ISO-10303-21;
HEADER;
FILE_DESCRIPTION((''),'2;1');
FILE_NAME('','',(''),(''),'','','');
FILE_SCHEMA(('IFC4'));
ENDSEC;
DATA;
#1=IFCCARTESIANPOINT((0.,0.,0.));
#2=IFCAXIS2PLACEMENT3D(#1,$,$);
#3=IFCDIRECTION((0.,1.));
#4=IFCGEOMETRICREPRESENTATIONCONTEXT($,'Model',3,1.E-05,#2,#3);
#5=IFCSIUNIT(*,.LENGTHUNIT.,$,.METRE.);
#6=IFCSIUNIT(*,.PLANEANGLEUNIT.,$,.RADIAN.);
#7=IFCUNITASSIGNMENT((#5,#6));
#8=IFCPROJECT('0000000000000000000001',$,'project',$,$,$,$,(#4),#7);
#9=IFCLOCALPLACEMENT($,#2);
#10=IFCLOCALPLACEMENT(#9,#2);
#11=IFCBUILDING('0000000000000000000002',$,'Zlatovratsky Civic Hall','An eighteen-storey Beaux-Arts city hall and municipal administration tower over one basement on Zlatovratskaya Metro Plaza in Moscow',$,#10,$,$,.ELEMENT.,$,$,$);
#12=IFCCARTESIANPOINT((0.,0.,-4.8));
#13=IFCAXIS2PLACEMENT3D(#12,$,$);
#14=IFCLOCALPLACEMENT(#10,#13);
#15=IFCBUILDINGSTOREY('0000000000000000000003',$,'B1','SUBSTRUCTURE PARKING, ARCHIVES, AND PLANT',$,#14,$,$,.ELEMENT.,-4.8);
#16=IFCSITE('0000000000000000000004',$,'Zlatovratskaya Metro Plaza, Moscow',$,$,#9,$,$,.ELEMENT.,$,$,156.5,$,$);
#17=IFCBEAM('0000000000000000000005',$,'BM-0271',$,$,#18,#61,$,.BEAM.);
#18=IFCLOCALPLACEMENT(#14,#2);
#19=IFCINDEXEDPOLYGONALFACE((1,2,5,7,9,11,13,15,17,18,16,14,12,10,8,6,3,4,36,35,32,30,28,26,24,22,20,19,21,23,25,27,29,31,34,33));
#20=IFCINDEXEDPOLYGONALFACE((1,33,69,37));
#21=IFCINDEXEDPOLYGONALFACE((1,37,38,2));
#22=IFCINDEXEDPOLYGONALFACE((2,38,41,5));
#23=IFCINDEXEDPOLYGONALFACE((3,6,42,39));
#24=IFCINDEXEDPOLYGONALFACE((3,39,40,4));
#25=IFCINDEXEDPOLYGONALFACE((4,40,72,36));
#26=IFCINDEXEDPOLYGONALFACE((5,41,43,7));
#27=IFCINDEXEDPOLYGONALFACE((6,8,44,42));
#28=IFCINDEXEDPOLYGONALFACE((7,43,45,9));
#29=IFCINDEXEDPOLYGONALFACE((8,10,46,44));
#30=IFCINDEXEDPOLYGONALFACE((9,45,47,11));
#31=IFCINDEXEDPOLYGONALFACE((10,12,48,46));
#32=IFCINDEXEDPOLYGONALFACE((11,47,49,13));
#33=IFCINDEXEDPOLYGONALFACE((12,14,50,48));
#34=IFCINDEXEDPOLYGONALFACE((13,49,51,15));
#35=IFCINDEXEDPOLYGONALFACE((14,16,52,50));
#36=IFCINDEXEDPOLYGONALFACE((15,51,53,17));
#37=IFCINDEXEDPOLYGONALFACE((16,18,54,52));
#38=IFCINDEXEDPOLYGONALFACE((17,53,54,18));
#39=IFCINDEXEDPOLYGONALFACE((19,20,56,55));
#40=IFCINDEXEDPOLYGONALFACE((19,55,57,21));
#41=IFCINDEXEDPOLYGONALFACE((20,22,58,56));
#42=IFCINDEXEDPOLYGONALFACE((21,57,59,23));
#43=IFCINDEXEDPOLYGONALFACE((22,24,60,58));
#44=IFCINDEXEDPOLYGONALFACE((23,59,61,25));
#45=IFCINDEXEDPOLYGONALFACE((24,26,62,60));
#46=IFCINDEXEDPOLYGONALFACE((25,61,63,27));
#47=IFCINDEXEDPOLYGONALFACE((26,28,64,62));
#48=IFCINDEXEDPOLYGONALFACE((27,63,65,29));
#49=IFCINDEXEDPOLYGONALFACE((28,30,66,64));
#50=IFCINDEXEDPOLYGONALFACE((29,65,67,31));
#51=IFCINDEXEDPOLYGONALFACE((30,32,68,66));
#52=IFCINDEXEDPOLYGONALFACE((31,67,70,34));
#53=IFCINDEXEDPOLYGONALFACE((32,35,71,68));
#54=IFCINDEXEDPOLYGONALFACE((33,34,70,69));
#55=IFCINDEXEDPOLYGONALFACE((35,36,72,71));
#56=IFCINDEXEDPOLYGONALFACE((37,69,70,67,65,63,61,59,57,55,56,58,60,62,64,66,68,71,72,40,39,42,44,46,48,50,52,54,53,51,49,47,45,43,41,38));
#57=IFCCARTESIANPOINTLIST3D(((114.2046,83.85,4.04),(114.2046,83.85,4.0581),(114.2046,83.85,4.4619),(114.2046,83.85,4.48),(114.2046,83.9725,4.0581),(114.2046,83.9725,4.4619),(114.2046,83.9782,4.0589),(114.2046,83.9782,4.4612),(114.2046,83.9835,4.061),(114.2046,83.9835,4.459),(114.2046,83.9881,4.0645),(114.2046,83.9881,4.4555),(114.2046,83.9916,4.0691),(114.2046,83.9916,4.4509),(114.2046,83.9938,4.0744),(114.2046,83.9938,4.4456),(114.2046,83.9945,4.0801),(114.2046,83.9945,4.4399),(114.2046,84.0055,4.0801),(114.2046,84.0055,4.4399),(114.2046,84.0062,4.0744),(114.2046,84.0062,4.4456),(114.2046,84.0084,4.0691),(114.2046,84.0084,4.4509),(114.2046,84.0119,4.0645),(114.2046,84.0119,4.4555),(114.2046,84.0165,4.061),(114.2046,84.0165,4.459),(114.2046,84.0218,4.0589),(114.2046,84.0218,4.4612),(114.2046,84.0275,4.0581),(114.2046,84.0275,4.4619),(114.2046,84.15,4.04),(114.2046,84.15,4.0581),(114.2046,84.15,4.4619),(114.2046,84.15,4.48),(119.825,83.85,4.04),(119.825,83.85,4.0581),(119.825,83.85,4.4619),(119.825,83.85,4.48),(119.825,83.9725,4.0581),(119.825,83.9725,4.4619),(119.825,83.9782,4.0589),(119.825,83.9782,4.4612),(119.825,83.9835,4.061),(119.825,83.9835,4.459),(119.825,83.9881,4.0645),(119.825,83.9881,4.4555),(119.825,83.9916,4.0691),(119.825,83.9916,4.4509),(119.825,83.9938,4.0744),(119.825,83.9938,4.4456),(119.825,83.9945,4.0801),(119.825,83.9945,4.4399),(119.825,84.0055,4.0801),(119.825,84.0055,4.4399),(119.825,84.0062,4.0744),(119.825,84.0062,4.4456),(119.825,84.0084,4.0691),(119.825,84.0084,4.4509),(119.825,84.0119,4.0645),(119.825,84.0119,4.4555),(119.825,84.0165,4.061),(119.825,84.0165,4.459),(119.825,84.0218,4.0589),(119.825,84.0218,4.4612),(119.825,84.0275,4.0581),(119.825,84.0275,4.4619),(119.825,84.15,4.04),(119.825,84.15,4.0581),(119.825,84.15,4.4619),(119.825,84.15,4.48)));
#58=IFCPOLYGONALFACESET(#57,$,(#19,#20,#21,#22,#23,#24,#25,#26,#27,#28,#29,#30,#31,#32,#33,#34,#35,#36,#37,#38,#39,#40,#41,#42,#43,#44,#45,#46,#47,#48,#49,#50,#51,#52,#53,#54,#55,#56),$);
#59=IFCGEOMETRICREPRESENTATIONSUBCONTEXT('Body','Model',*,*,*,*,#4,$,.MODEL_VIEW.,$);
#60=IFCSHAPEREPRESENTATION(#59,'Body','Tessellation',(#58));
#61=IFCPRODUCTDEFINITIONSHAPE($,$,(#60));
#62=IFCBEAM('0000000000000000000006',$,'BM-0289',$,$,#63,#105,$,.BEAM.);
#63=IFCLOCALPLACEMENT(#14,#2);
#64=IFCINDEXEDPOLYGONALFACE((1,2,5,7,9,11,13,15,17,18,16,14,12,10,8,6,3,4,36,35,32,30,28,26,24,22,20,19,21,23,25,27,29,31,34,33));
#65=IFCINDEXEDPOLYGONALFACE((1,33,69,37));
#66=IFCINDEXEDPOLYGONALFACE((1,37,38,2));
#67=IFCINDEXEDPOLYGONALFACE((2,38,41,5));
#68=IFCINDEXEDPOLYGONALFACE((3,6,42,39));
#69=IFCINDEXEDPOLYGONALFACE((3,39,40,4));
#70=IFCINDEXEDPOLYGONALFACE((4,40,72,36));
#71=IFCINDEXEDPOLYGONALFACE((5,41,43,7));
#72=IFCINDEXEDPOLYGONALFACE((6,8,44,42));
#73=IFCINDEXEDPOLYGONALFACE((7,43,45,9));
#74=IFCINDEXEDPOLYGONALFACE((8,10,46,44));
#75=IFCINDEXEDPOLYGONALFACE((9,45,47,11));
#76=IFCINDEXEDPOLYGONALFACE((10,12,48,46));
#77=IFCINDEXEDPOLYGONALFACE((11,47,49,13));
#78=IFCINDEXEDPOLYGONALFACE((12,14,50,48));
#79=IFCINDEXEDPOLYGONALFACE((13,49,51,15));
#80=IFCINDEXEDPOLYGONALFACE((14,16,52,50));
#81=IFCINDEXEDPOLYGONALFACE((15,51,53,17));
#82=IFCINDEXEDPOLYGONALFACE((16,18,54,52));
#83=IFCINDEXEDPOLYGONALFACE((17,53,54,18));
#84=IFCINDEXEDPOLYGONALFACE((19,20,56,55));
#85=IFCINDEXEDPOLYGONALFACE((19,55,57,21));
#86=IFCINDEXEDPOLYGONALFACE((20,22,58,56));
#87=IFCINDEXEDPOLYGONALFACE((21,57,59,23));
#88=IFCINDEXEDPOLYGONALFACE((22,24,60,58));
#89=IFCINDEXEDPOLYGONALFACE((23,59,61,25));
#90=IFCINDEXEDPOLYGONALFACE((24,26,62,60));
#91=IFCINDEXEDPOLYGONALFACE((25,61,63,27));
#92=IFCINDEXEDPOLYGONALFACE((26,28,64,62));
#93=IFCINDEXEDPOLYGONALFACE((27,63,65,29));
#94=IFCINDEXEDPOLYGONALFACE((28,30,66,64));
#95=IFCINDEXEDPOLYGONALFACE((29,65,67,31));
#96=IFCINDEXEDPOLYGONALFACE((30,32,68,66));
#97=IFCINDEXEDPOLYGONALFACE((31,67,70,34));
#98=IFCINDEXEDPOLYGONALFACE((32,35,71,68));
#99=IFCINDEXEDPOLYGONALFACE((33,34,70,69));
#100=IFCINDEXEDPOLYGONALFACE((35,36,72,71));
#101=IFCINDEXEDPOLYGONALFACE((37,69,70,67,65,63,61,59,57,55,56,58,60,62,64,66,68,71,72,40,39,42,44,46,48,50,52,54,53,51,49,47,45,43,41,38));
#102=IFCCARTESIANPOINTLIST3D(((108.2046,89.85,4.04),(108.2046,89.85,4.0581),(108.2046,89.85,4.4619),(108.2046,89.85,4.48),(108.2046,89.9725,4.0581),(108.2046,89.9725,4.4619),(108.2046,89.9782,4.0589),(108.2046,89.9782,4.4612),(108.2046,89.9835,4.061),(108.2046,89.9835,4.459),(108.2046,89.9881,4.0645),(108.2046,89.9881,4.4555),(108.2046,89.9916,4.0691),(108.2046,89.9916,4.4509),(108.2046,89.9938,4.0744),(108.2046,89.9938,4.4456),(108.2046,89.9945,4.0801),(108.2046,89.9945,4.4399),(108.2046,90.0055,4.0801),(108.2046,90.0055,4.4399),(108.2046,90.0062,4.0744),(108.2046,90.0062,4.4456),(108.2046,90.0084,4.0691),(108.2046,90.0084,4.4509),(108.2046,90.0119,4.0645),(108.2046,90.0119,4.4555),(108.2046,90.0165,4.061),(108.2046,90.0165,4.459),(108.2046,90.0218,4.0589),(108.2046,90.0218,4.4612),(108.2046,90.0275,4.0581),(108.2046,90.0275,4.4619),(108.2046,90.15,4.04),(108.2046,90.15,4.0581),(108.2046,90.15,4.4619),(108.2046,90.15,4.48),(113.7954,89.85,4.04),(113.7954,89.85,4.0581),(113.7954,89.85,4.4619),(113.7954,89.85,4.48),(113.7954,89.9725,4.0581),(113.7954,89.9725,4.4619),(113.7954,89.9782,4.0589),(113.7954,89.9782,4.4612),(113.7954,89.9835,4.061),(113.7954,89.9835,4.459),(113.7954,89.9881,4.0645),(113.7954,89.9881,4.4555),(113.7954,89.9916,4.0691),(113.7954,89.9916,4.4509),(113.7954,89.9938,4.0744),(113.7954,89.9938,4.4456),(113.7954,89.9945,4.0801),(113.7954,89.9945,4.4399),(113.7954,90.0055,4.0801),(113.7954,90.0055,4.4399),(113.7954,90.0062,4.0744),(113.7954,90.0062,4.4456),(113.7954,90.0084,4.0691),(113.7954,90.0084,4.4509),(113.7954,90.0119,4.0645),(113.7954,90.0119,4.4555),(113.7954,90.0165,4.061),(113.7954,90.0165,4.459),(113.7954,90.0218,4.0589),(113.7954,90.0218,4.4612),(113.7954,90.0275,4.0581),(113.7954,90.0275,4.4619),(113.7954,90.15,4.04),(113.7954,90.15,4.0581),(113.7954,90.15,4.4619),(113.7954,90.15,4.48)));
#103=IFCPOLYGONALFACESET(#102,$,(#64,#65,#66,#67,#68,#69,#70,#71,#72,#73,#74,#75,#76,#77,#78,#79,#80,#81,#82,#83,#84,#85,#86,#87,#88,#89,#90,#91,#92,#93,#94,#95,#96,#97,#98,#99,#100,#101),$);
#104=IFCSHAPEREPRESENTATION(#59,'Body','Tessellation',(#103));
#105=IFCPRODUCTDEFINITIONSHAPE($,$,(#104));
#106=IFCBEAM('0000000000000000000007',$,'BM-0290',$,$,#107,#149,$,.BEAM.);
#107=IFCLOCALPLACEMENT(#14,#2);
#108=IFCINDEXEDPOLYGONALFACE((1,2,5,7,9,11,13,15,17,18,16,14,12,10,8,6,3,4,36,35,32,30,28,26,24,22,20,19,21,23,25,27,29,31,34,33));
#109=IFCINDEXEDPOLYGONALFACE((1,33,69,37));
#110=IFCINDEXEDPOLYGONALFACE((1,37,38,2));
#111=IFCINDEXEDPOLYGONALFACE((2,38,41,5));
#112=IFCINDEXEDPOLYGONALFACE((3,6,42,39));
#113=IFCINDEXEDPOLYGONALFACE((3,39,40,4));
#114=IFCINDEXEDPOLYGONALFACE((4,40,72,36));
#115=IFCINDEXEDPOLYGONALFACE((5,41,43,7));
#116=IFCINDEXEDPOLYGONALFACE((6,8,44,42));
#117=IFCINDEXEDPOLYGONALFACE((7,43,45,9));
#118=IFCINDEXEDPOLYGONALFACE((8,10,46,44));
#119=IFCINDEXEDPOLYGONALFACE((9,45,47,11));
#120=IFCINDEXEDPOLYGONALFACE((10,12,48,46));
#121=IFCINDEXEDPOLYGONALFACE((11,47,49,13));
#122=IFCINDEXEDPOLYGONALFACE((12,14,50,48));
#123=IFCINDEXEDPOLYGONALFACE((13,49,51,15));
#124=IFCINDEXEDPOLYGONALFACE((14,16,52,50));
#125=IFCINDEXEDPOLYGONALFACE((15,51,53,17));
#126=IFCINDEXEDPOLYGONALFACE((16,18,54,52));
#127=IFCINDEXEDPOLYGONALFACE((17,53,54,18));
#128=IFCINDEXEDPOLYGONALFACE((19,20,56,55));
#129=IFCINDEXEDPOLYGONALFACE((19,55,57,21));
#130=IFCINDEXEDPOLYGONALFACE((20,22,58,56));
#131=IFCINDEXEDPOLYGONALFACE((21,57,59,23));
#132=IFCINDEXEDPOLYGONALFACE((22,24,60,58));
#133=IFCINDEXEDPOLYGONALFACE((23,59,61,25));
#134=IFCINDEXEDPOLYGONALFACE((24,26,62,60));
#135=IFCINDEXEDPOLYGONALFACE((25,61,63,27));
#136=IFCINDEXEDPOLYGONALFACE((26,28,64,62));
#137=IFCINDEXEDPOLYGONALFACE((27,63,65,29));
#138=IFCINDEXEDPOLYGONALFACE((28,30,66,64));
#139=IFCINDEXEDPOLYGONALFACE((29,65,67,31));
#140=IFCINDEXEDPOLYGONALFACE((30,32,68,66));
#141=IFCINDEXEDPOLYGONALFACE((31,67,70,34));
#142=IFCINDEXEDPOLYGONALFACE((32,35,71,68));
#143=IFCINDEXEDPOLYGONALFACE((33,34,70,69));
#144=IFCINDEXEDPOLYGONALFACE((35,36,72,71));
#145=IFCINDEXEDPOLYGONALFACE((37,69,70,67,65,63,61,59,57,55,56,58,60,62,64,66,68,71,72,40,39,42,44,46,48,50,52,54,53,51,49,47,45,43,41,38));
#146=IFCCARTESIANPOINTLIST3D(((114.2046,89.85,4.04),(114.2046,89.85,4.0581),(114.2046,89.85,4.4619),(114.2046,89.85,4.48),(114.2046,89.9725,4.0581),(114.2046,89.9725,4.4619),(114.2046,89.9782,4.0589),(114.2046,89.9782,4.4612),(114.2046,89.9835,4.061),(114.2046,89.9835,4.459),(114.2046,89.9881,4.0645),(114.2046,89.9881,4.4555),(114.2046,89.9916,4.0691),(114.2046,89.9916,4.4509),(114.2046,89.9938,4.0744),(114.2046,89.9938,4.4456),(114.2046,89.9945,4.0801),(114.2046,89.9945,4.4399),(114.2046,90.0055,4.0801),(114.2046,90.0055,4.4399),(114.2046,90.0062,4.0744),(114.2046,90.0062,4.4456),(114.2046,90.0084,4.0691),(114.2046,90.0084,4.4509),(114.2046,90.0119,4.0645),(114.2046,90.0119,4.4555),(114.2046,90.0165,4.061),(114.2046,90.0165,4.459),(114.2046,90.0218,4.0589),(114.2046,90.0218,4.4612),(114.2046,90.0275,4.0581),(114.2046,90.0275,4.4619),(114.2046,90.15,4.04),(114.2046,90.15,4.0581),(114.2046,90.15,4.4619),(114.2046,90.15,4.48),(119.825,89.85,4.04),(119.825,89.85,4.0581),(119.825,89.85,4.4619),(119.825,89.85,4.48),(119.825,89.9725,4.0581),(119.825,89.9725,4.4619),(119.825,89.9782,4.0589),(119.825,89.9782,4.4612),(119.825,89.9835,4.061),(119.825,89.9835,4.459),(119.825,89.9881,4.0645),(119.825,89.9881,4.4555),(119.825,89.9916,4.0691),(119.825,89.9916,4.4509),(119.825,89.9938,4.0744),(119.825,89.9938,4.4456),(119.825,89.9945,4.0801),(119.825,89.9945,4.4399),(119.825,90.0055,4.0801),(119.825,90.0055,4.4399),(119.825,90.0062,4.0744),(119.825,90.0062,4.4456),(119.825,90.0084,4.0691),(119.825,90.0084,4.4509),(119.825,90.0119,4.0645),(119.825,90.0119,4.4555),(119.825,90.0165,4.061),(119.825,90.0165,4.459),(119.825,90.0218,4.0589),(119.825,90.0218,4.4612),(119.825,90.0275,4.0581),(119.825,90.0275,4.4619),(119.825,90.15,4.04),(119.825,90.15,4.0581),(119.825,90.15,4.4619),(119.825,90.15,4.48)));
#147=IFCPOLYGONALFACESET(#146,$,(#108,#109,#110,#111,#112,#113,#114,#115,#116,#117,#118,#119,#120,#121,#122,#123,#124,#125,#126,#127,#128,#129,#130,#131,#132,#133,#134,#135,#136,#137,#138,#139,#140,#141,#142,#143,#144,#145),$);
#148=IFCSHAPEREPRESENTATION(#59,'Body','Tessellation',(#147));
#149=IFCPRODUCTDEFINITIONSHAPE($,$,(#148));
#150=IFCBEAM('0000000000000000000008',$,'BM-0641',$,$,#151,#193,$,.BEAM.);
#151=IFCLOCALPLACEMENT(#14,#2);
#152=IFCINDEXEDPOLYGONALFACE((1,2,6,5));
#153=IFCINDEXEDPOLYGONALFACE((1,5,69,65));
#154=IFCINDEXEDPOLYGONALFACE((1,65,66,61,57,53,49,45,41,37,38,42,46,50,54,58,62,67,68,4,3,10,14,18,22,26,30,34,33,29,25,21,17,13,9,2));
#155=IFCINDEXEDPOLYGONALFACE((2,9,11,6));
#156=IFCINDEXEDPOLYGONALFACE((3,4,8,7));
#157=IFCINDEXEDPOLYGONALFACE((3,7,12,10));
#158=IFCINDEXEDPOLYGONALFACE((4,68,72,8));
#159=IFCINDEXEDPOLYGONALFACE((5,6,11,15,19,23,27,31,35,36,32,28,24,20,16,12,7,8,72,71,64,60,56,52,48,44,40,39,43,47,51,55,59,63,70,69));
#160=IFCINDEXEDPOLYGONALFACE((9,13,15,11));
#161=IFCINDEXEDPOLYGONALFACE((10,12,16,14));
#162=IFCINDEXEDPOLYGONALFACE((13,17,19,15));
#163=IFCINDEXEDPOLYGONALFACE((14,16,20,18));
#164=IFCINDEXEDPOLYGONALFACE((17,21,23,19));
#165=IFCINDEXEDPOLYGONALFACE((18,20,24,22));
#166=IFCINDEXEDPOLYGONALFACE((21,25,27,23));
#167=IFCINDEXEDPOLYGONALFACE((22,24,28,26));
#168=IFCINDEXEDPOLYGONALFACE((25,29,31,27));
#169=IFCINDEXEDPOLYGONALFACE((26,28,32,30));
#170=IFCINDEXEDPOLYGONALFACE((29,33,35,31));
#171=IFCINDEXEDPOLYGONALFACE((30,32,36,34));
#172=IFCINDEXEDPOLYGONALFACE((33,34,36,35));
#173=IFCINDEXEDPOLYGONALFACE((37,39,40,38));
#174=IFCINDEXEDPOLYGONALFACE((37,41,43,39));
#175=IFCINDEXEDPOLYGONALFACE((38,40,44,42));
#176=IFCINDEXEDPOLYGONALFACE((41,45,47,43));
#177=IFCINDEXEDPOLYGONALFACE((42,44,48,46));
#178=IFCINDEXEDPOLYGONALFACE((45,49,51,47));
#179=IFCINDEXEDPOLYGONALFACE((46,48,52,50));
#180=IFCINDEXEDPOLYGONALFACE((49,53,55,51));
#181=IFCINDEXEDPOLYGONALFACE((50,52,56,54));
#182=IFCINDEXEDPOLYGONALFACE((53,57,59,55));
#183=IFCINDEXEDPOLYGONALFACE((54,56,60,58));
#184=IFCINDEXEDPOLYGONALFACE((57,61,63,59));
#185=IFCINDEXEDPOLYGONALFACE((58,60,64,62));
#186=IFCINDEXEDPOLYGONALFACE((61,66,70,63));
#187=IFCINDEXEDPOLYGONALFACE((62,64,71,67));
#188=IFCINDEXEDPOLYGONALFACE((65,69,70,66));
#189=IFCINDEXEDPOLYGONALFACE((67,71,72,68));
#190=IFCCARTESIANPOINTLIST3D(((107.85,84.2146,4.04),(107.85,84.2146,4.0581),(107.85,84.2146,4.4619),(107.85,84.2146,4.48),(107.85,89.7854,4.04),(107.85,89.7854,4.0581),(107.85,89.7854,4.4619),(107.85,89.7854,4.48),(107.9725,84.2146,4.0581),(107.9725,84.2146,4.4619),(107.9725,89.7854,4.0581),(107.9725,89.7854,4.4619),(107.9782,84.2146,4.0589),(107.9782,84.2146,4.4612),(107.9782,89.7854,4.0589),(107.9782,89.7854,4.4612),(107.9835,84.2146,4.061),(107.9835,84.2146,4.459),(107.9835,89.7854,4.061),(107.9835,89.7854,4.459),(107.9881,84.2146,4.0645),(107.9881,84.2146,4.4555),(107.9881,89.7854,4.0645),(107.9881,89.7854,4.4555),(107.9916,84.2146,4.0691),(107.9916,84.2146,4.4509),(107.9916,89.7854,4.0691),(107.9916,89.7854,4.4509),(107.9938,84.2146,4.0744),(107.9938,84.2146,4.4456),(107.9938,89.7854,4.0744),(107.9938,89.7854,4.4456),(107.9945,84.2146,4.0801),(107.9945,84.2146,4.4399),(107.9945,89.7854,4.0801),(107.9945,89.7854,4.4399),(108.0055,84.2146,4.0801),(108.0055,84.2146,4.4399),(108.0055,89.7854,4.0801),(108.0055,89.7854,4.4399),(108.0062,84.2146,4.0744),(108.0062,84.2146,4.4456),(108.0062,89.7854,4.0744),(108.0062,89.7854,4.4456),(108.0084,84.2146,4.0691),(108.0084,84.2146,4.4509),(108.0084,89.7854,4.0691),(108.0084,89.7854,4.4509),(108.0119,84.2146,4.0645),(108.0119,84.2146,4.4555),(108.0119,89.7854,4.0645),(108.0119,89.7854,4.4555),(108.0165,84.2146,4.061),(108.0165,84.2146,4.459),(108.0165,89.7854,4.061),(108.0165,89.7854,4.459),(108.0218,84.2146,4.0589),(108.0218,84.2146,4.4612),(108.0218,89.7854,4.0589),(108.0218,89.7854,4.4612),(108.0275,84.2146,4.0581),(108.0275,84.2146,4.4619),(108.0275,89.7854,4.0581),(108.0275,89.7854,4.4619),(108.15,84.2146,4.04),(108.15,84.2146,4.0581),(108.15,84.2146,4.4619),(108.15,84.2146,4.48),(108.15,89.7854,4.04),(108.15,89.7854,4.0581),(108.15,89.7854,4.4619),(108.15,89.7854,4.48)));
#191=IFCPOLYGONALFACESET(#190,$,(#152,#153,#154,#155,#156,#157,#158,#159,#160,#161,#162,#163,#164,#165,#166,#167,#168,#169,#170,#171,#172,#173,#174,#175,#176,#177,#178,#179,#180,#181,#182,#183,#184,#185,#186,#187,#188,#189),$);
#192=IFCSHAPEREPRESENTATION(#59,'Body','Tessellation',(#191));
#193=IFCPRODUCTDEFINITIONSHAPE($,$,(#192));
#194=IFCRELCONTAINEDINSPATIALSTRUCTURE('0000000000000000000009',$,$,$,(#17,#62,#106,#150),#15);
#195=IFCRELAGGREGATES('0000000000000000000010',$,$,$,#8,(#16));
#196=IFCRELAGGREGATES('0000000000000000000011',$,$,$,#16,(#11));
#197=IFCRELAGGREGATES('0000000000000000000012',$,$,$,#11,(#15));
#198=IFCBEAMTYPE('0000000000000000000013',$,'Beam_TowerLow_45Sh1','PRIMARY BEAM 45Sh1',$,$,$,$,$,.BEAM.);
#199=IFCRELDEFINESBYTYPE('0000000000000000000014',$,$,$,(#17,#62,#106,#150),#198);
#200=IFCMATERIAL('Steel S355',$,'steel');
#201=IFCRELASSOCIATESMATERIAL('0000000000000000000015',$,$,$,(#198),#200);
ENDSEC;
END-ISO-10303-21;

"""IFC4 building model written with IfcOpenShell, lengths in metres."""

from ifc_helpers import new_model, si_unit, direction, frame, origin, origin_2d, place, context, subcontext, project, spatial, i_section, extrude, material, material_profile, profile_set, type_object, element, save


model = new_model("IFC4")

# Units and contexts
model_context = context("Model", 3, precision=1e-05, world=origin(), true_north=direction((0.0, 1.0)))
body_context = subcontext(model_context, "Body", "Model", "MODEL_VIEW")
ifc_project = project(units=[si_unit("LENGTHUNIT", "METRE"), si_unit("PLANEANGLEUNIT", "RADIAN")], contexts=[model_context])

# Site, building, storey
site_placement = place(None, origin())
site = spatial("IfcSite", under=ifc_project, at=site_placement, Name="Zlatovratskaya Metro Plaza, Moscow", CompositionType="ELEMENT", RefElevation=156.5)
building_placement = place(site_placement, origin())
building = spatial("IfcBuilding", under=site, at=building_placement, Name="Zlatovratsky Civic Hall", Description="An eighteen-storey Beaux-Arts city hall and municipal administration tower over one basement on Zlatovratskaya Metro Plaza in Moscow", CompositionType="ELEMENT")
storey_placement = place(building_placement, frame((0.0, 0.0, -4.8)))
storey = spatial("IfcBuildingStorey", under=building, at=storey_placement, Name="B1", Description="SUBSTRUCTURE PARKING, ARCHIVES, AND PLANT", CompositionType="ELEMENT", Elevation=-4.8)

# Shared definitions
ifc_material_1 = material(Name="Steel S355", Category="steel")

# Beams
ifc_material_profile_1 = material_profile(ifc_material_1, i_section(OverallWidth=0.3, OverallDepth=0.4399, WebThickness=0.011, FlangeThickness=0.0181, FilletRadius=0.022, at=origin_2d()), Name="45Sh1")
ifc_profile_set_1 = profile_set([ifc_material_profile_1], Name="Steel S355")
beam_type = type_object("IfcBeamType", Name="Beam_TowerLow_45Sh1", Description="PRIMARY BEAM 45Sh1", PredefinedType="BEAM", material=ifc_profile_set_1)
beam_1_placement = place(storey_placement, frame((114.2046, 84.0, 4.26), z_axis=(1.0, 0.0, 0.0), x_axis=(0.0, 1.0, 0.0)))
element("IfcBeam", 1, at=beam_1_placement, inside=storey, type_object=beam_type, Name="BM-0271", PredefinedType="BEAM", context=body_context, shape_type="SweptSolid", body=[
    extrude(i_section(OverallWidth=0.3, OverallDepth=0.4399, WebThickness=0.011, FlangeThickness=0.0181, FilletRadius=0.022, at=origin_2d()), origin(), (0.0, 0.0, 1.0), 5.6204),
])
beam_2_placement = place(storey_placement, frame((108.2046, 90.0, 4.26), z_axis=(1.0, 0.0, 0.0), x_axis=(0.0, 1.0, 0.0)))
element("IfcBeam", 2, at=beam_2_placement, inside=storey, type_object=beam_type, Name="BM-0289", PredefinedType="BEAM", context=body_context, shape_type="SweptSolid", body=[
    extrude(i_section(OverallWidth=0.3, OverallDepth=0.4399, WebThickness=0.011, FlangeThickness=0.0181, FilletRadius=0.022, at=origin_2d()), origin(), (0.0, 0.0, 1.0), 5.5908),
])
beam_3_placement = place(storey_placement, frame((114.2046, 90.0, 4.26), z_axis=(1.0, 0.0, 0.0), x_axis=(0.0, 1.0, 0.0)))
element("IfcBeam", 3, at=beam_3_placement, inside=storey, type_object=beam_type, Name="BM-0290", PredefinedType="BEAM", context=body_context, shape_type="SweptSolid", body=[
    extrude(i_section(OverallWidth=0.3, OverallDepth=0.4399, WebThickness=0.011, FlangeThickness=0.0181, FilletRadius=0.022, at=origin_2d()), origin(), (0.0, 0.0, 1.0), 5.6204),
])
for number, where, z_axis, x_axis, name in (
    (4, (108.0, 84.2146, 4.26), (0.0, 1.0, 0.0), (-1.0, 0.0, 0.0), "BM-0641"),
):
    element("IfcBeam", number, at=place(storey_placement, frame(where, z_axis=z_axis, x_axis=x_axis)), inside=storey, type_object=beam_type, Name=name, PredefinedType="BEAM", context=body_context, shape_type="SweptSolid", body=[
        extrude(i_section(OverallWidth=0.3, OverallDepth=0.4399, WebThickness=0.011, FlangeThickness=0.0181, FilletRadius=0.022, at=origin_2d()), origin(), (0.0, 0.0, 1.0), 5.5708),
    ])

save(model, "model.ifc")
